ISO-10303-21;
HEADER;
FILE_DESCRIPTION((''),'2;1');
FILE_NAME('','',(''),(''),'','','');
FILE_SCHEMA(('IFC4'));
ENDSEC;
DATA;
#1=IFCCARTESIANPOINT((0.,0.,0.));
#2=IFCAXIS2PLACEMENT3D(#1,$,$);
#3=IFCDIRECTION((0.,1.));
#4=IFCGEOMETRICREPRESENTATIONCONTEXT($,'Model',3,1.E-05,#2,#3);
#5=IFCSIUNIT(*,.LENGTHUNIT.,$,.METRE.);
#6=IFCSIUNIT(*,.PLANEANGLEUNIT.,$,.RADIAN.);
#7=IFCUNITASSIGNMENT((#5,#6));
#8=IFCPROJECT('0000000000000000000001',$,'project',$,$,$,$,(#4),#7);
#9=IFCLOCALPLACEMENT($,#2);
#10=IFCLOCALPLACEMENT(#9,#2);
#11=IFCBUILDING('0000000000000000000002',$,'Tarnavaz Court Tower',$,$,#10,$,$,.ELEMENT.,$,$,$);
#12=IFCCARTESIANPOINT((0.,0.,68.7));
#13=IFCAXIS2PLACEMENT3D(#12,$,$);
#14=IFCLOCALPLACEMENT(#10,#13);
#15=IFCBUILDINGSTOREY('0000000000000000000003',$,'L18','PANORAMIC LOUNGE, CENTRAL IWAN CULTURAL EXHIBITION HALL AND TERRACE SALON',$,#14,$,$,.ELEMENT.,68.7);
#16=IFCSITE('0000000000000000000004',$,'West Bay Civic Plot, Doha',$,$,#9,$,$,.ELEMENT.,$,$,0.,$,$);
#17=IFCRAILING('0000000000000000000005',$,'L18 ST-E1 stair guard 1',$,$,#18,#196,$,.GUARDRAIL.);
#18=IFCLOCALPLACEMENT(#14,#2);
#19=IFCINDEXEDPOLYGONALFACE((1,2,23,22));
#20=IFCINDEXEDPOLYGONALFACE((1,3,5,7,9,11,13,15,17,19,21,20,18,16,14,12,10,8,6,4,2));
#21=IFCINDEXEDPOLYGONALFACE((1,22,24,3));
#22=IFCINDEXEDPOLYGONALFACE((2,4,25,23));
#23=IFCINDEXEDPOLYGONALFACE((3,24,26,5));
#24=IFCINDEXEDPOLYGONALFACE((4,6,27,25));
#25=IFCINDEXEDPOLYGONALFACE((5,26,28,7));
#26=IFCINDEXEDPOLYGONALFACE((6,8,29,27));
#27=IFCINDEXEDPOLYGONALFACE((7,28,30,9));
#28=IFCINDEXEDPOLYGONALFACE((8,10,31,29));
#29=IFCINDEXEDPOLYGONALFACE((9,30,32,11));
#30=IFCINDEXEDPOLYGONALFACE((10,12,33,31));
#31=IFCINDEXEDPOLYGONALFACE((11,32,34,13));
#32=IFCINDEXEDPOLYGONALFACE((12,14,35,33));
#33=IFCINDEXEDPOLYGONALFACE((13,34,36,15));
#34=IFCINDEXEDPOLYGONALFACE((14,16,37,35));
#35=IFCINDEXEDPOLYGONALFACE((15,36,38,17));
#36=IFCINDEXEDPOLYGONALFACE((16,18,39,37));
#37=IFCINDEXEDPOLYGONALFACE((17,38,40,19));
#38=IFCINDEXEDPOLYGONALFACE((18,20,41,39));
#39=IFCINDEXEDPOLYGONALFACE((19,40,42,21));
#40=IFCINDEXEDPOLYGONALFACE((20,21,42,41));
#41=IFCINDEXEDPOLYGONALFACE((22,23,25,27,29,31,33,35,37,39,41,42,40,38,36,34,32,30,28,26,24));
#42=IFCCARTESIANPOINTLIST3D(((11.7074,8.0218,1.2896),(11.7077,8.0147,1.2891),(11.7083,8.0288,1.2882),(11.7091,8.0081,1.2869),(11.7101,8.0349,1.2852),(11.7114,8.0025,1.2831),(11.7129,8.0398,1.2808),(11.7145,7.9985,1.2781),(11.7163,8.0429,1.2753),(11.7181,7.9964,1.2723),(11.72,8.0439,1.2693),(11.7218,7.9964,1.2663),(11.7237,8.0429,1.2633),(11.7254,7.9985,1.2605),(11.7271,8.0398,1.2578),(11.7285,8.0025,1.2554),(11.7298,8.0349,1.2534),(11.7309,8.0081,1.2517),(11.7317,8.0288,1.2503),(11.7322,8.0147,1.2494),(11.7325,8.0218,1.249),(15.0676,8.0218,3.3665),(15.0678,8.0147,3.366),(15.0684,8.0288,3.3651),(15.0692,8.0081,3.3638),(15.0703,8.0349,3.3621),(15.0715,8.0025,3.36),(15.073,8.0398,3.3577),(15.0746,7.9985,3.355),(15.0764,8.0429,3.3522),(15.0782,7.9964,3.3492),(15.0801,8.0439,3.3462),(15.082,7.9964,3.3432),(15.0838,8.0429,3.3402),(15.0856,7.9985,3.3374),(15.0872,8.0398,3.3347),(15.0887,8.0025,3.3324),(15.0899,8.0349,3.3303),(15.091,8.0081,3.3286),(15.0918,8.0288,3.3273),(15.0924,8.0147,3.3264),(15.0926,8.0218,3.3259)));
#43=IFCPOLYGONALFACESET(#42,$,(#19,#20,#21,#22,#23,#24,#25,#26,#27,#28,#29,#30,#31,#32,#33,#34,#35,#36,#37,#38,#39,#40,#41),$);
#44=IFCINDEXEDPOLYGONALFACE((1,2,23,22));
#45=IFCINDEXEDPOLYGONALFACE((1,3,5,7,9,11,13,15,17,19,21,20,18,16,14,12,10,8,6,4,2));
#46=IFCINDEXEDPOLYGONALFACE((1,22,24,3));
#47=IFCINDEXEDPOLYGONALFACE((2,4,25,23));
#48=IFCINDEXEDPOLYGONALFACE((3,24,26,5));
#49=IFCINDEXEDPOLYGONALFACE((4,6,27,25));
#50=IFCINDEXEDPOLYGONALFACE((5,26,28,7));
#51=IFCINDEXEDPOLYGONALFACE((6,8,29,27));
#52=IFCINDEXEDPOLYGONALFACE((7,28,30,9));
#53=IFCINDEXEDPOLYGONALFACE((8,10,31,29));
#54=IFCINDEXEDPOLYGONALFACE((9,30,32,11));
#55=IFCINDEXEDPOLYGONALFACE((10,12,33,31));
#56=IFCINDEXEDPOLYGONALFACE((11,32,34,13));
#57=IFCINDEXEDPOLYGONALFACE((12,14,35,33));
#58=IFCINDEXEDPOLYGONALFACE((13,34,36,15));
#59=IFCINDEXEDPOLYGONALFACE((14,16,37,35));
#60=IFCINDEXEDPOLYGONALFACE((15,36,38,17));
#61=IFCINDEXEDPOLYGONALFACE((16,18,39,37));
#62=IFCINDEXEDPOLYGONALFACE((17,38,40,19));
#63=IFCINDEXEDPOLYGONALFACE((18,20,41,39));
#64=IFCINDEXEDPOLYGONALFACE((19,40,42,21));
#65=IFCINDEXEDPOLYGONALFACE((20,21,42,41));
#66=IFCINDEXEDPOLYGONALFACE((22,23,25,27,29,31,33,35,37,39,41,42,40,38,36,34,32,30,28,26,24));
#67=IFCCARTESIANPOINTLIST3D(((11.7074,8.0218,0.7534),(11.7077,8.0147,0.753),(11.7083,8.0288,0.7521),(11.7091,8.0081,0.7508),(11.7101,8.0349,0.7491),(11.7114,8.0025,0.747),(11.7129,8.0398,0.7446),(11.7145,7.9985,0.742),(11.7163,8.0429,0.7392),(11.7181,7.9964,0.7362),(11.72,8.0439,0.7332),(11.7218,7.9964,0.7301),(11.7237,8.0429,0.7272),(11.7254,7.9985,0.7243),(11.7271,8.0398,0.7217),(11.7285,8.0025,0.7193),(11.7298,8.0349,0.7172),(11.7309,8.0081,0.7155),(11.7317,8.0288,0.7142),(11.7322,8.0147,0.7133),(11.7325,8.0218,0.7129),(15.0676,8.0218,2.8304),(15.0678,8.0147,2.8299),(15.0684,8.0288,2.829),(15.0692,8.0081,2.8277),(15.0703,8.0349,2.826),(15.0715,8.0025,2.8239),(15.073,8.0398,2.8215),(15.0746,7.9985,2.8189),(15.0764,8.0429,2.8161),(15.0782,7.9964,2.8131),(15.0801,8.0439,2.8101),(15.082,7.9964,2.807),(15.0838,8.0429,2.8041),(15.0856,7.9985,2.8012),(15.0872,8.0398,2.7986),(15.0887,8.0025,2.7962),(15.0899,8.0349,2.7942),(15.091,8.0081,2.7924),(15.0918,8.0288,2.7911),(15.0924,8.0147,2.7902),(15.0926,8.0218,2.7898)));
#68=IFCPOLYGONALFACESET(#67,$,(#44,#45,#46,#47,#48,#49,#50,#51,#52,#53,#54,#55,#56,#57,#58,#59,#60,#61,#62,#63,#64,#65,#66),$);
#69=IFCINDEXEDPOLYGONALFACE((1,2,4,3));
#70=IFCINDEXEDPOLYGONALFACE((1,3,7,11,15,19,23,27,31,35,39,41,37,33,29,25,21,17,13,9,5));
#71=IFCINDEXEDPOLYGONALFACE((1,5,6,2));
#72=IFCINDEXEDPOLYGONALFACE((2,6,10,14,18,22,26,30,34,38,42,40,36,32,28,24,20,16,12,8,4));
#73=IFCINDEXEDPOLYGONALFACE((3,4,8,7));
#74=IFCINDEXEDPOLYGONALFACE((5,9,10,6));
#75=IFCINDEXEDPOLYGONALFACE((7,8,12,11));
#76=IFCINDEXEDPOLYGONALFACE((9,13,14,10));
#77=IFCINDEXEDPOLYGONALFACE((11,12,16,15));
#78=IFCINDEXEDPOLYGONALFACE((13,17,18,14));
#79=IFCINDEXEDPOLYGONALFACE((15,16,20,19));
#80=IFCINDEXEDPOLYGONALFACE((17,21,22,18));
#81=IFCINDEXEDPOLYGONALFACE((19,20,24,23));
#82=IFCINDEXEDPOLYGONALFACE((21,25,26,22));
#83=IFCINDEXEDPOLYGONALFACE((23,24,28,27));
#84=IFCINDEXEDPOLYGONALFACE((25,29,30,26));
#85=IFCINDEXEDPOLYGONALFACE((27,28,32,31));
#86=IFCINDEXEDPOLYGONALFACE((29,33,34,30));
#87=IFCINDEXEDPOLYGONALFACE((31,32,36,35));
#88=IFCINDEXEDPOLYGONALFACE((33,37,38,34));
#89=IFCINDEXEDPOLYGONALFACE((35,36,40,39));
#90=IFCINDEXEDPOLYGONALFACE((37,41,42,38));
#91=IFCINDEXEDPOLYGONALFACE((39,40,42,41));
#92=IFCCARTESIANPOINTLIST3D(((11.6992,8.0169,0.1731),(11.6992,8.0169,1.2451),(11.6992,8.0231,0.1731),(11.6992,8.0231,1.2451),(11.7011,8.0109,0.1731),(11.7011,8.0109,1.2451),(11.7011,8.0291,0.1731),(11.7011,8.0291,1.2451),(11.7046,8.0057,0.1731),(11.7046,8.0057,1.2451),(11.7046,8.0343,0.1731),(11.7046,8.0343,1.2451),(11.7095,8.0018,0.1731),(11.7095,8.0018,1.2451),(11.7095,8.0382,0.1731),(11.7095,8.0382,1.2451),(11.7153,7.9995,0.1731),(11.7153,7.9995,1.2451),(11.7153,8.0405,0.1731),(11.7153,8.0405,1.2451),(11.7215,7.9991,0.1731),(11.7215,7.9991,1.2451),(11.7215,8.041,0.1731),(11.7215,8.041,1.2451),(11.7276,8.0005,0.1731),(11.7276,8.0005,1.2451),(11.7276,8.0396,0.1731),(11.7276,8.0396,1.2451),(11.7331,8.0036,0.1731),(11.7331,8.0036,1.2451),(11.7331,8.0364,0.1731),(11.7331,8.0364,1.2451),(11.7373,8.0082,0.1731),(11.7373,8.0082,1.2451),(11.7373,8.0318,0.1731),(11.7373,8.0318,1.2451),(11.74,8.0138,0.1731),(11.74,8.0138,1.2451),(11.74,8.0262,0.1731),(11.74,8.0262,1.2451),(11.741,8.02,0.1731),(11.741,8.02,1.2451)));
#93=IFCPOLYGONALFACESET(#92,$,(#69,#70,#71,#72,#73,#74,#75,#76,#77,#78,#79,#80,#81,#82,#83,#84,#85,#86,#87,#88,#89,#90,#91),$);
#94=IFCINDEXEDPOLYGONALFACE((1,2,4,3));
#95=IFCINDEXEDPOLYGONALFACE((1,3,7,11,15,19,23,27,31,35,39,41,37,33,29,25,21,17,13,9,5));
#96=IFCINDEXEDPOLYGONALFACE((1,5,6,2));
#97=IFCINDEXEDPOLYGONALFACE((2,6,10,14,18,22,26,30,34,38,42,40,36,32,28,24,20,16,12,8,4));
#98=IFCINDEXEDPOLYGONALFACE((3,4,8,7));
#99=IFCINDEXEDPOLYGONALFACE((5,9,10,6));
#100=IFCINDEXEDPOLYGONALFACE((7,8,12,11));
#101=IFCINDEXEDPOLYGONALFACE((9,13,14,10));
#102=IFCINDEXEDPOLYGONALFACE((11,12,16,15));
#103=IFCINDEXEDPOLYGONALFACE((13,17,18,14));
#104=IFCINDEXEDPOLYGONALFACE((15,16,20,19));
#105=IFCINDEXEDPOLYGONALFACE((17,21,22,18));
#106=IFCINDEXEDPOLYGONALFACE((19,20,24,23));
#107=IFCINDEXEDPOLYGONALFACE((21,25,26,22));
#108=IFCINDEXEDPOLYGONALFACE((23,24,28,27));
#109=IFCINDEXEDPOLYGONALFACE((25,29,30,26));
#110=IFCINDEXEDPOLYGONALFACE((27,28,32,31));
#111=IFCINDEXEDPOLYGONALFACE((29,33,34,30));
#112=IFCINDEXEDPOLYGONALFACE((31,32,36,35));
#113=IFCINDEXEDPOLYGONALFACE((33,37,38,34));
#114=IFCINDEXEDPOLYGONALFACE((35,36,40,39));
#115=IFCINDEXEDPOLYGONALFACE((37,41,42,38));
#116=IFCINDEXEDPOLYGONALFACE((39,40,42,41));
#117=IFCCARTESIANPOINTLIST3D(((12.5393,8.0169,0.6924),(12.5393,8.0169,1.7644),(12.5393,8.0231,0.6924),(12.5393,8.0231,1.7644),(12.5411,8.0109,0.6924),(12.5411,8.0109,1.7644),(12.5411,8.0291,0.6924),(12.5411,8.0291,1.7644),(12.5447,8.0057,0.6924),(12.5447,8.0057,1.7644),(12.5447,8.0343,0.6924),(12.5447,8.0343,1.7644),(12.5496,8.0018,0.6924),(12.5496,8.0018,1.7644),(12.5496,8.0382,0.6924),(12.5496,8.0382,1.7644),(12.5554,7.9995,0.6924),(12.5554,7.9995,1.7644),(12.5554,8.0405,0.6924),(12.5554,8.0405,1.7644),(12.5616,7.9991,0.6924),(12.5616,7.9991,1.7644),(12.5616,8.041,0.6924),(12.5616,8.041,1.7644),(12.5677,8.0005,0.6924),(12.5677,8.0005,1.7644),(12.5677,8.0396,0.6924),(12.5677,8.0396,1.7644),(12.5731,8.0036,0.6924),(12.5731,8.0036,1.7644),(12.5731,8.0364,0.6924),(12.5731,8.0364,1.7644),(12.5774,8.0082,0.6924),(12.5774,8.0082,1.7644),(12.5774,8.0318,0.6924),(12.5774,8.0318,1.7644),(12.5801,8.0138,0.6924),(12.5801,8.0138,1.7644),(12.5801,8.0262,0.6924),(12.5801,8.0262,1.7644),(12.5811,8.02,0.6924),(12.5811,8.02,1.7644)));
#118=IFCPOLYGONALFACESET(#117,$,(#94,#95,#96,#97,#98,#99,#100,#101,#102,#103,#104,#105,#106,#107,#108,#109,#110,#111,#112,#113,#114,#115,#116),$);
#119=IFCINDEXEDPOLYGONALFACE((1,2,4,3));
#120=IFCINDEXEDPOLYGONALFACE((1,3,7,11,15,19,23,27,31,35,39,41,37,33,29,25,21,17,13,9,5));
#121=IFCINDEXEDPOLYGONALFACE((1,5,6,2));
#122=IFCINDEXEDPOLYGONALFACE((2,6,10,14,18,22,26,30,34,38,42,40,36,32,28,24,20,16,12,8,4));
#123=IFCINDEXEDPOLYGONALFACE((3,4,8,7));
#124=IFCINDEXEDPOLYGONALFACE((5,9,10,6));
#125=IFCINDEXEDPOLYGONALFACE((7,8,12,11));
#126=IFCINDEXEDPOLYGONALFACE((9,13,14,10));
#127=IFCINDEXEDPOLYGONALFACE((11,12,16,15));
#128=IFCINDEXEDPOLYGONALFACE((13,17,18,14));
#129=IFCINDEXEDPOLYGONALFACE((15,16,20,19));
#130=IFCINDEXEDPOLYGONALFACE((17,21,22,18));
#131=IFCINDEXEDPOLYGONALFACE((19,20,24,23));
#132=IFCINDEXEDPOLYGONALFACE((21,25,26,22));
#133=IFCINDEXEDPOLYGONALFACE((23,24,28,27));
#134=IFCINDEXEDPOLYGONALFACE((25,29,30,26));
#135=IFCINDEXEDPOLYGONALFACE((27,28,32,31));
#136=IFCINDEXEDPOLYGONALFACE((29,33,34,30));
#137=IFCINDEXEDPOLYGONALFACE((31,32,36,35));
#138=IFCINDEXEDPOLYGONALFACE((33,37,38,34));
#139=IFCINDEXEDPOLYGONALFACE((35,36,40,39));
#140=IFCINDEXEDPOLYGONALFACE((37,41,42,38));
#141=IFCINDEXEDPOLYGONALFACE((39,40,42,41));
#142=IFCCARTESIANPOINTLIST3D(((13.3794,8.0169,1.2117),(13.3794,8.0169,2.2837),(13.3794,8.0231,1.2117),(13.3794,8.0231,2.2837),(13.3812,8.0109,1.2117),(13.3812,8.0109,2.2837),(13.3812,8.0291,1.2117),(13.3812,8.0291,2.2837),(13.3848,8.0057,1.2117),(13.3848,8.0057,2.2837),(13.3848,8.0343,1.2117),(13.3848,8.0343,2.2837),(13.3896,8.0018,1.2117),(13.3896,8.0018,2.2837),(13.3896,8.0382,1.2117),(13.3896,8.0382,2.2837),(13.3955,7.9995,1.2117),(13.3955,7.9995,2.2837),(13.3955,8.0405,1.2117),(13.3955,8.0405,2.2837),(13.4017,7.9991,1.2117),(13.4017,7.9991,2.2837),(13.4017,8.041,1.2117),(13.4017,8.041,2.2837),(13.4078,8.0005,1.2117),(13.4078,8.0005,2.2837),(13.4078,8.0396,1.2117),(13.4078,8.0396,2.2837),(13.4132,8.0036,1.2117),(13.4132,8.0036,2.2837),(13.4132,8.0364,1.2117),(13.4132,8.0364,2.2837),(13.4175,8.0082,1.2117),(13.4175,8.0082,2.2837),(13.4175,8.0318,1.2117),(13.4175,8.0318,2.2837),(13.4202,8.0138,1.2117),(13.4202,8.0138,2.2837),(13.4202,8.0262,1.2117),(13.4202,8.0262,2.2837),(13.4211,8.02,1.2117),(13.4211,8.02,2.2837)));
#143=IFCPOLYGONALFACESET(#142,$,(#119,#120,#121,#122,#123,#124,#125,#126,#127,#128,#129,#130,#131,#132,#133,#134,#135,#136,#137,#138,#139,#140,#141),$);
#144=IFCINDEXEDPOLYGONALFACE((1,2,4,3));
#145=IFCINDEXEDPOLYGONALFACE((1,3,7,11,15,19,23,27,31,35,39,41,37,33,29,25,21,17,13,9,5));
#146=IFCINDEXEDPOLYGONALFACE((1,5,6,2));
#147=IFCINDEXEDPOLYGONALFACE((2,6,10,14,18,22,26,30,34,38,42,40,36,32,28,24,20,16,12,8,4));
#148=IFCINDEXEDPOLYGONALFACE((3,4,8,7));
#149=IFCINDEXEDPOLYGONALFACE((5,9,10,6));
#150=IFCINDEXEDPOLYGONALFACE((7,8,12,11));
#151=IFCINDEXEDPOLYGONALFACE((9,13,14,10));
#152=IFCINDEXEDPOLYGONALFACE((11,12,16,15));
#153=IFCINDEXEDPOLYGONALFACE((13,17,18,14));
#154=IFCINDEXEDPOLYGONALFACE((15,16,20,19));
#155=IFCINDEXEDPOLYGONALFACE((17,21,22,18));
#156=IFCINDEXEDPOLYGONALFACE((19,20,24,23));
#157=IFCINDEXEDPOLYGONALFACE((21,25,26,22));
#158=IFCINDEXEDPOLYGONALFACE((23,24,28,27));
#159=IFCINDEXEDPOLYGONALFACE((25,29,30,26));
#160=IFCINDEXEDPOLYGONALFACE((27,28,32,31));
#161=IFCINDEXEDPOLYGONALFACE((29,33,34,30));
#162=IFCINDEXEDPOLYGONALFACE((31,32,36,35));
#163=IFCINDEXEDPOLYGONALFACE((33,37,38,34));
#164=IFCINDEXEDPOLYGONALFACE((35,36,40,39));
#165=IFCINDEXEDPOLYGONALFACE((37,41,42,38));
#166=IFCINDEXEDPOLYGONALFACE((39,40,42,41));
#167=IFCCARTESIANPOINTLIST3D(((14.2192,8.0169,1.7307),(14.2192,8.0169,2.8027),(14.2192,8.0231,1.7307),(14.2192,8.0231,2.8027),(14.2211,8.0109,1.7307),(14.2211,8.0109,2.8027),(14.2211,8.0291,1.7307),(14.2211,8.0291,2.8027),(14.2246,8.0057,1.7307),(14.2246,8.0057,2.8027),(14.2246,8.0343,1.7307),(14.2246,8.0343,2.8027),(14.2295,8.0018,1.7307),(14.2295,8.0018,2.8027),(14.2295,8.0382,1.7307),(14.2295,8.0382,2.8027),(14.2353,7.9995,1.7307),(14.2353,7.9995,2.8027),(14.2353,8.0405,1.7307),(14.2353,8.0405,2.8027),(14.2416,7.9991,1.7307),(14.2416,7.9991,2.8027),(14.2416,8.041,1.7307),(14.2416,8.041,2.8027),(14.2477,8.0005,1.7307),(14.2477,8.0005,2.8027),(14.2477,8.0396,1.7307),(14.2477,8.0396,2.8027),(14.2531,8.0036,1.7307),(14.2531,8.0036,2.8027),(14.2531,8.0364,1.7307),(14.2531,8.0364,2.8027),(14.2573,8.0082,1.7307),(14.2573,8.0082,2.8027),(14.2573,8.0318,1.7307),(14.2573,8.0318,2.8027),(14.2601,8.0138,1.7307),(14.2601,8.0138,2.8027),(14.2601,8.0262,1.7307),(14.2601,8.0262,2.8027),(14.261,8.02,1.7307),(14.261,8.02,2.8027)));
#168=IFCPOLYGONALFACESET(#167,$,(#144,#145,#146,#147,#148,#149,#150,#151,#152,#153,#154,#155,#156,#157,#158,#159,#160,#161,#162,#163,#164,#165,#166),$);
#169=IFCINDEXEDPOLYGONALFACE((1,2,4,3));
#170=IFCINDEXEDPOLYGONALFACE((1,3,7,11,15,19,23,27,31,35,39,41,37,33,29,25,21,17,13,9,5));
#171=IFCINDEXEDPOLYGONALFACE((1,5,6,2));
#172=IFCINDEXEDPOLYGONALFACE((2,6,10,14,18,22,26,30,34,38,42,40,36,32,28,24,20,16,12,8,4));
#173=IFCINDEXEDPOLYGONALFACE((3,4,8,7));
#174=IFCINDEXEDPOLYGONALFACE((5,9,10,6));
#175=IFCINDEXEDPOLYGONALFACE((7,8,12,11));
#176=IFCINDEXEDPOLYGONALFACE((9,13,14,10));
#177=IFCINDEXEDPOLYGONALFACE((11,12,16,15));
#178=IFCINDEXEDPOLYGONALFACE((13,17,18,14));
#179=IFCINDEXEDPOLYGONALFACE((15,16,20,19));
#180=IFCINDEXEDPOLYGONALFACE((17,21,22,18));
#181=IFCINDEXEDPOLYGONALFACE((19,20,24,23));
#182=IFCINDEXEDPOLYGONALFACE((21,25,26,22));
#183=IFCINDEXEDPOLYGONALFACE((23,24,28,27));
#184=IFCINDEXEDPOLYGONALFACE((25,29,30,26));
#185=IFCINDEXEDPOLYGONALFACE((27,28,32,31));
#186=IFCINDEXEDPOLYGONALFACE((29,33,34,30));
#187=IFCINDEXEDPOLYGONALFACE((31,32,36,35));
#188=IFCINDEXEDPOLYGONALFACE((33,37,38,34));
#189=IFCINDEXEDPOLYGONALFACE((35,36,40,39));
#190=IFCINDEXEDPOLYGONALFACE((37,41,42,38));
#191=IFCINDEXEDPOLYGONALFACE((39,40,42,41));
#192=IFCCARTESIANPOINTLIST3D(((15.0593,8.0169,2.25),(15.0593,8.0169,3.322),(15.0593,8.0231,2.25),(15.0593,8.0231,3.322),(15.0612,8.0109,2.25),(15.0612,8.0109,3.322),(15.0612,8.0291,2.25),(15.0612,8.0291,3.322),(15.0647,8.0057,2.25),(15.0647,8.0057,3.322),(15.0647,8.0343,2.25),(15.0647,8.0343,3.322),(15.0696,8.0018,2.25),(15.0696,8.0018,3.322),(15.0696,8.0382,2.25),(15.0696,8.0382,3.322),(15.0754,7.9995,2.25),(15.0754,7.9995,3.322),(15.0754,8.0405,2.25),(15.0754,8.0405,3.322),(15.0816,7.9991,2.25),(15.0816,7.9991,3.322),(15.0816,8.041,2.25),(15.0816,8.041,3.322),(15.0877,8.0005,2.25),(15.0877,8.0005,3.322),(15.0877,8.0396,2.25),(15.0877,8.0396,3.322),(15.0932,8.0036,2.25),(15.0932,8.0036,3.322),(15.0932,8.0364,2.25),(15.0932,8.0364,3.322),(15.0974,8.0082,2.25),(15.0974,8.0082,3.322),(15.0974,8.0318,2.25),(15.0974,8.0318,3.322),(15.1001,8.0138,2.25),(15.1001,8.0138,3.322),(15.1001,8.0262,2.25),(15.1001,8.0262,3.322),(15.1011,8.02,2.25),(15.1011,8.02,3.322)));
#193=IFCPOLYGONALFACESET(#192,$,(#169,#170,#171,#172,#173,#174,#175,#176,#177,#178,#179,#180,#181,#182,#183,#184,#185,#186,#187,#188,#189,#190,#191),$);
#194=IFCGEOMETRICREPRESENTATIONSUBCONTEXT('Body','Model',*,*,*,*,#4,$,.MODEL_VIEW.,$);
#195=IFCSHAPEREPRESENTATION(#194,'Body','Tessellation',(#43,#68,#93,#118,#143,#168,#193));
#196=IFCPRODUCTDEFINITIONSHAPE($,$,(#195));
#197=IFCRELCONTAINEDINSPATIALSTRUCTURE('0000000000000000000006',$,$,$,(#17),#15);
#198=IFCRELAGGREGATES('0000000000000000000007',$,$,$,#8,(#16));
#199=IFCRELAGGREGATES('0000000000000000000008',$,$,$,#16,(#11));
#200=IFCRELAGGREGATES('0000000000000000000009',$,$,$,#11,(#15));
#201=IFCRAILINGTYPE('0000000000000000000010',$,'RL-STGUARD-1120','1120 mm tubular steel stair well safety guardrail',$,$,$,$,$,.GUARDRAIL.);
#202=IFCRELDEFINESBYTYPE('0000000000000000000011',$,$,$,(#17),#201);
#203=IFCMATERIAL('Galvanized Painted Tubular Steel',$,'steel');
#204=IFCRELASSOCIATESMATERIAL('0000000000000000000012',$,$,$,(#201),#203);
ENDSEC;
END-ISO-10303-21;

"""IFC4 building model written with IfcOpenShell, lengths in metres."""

from ifc_helpers import new_model, si_unit, direction, frame, origin, origin_2d, place, context, subcontext, project, spatial, circle, extrude, material, type_object, element, save


model = new_model("IFC4")

# Units and contexts
model_context = context("Model", 3, precision=1e-05, world=origin(), true_north=direction((0.0, 1.0)))
body_context = subcontext(model_context, "Body", "Model", "MODEL_VIEW")
ifc_project = project(units=[si_unit("LENGTHUNIT", "METRE"), si_unit("PLANEANGLEUNIT", "RADIAN")], contexts=[model_context])

# Site, building, storey
site_placement = place(None, origin())
site = spatial("IfcSite", under=ifc_project, at=site_placement, Name="West Bay Civic Plot, Doha", CompositionType="ELEMENT", RefElevation=0.0)
building_placement = place(site_placement, origin())
building = spatial("IfcBuilding", under=site, at=building_placement, Name="Tarnavaz Court Tower", CompositionType="ELEMENT")
storey_placement = place(building_placement, frame((0.0, 0.0, 68.7)))
storey = spatial("IfcBuildingStorey", under=building, at=storey_placement, Name="L18", Description="PANORAMIC LOUNGE, CENTRAL IWAN CULTURAL EXHIBITION HALL AND TERRACE SALON", CompositionType="ELEMENT", Elevation=68.7)

# Railing
ifc_material_1 = material(Name="Galvanized Painted Tubular Steel", Category="steel")
railing_type_1 = type_object("IfcRailingType", Name="RL-STGUARD-1120", Description="1120 mm tubular steel stair well safety guardrail", PredefinedType="GUARDRAIL", material=ifc_material_1)
railing_1_placement = place(storey_placement, frame((11.72, 8.02, 0.1731)))
element("IfcRailing", 1, at=railing_1_placement, inside=storey, type_object=railing_type_1, Name="L18 ST-E1 stair guard 1", PredefinedType="GUARDRAIL", context=body_context, shape_type="SweptSolid", body=[
    extrude(circle(Radius=0.0239, at=origin_2d()), frame((0.0, 0.0, 1.0962), z_axis=(0.850623, 0.0, 0.525776), x_axis=(0.0, 1.0, 0.0)), (0.0, 0.0, 1.0), 3.9502),
    extrude(circle(Radius=0.0239, at=origin_2d()), frame((0.0, 0.0, 0.5601), z_axis=(0.850623, 0.0, 0.525776), x_axis=(0.0, 1.0, 0.0)), (0.0, 0.0, 1.0), 3.9502),
    extrude(circle(Radius=0.021, at=origin_2d()), origin(), (0.0, 0.0, 1.0), 1.072),
    extrude(circle(Radius=0.021, at=origin_2d()), frame((0.8401, 0.0, 0.5193)), (0.0, 0.0, 1.0), 1.072),
    extrude(circle(Radius=0.021, at=origin_2d()), frame((1.6802, 0.0, 1.0386)), (0.0, 0.0, 1.0), 1.072),
    extrude(circle(Radius=0.021, at=origin_2d()), frame((2.52, 0.0, 1.5576)), (0.0, 0.0, 1.0), 1.072),
    extrude(circle(Radius=0.021, at=origin_2d()), frame((3.3601, 0.0, 2.0769)), (0.0, 0.0, 1.0), 1.072),
])

save(model, "model.ifc")
